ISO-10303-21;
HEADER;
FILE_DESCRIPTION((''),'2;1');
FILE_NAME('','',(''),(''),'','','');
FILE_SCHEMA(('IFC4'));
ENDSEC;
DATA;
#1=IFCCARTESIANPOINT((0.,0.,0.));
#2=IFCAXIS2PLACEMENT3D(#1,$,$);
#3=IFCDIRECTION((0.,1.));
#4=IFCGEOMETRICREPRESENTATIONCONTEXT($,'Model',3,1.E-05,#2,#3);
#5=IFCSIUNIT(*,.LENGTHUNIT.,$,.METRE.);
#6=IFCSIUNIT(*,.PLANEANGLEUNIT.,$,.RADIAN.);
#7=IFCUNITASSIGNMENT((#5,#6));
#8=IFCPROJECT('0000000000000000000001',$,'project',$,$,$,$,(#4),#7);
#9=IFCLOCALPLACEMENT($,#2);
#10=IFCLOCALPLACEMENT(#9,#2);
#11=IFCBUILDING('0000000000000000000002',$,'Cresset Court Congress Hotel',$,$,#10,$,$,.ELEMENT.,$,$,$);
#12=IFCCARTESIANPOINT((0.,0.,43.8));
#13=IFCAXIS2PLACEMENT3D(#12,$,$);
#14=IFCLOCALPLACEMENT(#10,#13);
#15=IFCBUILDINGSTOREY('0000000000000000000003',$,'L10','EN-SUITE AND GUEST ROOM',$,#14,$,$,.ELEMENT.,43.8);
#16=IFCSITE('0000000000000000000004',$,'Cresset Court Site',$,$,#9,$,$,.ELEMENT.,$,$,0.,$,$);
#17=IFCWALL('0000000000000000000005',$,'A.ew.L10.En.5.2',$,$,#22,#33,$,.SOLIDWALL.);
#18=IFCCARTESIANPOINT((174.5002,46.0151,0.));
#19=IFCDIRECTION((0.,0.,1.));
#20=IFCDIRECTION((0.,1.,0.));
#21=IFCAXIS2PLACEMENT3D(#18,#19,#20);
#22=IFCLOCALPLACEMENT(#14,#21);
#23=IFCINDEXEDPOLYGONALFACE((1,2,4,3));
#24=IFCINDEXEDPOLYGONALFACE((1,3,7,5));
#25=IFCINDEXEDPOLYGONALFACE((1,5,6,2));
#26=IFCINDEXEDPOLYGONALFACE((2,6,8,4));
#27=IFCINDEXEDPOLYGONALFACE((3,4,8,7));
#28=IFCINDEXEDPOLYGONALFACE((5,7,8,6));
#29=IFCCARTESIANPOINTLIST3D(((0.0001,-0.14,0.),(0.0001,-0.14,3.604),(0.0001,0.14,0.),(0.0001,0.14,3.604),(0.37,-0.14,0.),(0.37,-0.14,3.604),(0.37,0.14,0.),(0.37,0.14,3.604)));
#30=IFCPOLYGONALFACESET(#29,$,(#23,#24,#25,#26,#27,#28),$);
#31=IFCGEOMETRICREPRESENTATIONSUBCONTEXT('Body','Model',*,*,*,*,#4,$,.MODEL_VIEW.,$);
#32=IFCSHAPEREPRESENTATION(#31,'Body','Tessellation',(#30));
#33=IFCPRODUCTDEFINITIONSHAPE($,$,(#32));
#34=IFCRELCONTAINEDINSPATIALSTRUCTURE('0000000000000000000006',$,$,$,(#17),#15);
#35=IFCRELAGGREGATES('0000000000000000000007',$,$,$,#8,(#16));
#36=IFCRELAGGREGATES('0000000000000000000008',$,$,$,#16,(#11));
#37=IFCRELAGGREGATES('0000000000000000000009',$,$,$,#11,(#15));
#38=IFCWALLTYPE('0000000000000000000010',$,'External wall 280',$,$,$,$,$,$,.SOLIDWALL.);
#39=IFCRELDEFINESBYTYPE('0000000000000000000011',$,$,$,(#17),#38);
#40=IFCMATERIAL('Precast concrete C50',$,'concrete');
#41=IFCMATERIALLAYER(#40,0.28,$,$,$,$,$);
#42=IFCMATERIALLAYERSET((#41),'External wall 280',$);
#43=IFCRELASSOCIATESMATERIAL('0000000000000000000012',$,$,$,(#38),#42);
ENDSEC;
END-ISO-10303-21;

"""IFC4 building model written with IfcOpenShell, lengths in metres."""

from ifc_helpers import new_model, si_unit, direction, frame, frame_2d, origin, place, context, subcontext, project, spatial, rectangle, extrude, material, layer, layer_set, type_object, element, save


model = new_model("IFC4")

# Units and contexts
model_context = context("Model", 3, precision=1e-05, world=origin(), true_north=direction((0.0, 1.0)))
body_context = subcontext(model_context, "Body", "Model", "MODEL_VIEW")
ifc_project = project(units=[si_unit("LENGTHUNIT", "METRE"), si_unit("PLANEANGLEUNIT", "RADIAN")], contexts=[model_context])

# Site, building, storey
site_placement = place(None, origin())
site = spatial("IfcSite", under=ifc_project, at=site_placement, Name="Cresset Court Site", CompositionType="ELEMENT", RefElevation=0.0)
building_placement = place(site_placement, origin())
building = spatial("IfcBuilding", under=site, at=building_placement, Name="Cresset Court Congress Hotel", CompositionType="ELEMENT")
storey_placement = place(building_placement, frame((0.0, 0.0, 43.8)))
storey = spatial("IfcBuildingStorey", under=building, at=storey_placement, Name="L10", Description="EN-SUITE AND GUEST ROOM", CompositionType="ELEMENT", Elevation=43.8)

# Shared definitions
ifc_material_1 = material(Name="Precast concrete C50", Category="concrete")
ifc_layer_1 = layer(ifc_material_1, 0.28)
ifc_layer_set_1 = layer_set([ifc_layer_1], Name="External wall 280")
wall_type_1 = type_object("IfcWallType", Name="External wall 280", PredefinedType="SOLIDWALL", material=ifc_layer_set_1)

# Wall
wall_1_placement = place(storey_placement, frame((174.5002, 46.0151, 0.0), z_axis=(0.0, 0.0, 1.0), x_axis=(0.0, 1.0, 0.0)))
element("IfcWall", 1, at=wall_1_placement, inside=storey, type_object=wall_type_1, Name="A.ew.L10.En.5.2", PredefinedType="SOLIDWALL", context=body_context, shape_type="SweptSolid", body=[
    extrude(rectangle(XDim=0.3699, YDim=0.28, at=frame_2d((0.1851, 0.0))), origin(), (0.0, 0.0, 1.0), 3.604),
])

save(model, "model.ifc")
